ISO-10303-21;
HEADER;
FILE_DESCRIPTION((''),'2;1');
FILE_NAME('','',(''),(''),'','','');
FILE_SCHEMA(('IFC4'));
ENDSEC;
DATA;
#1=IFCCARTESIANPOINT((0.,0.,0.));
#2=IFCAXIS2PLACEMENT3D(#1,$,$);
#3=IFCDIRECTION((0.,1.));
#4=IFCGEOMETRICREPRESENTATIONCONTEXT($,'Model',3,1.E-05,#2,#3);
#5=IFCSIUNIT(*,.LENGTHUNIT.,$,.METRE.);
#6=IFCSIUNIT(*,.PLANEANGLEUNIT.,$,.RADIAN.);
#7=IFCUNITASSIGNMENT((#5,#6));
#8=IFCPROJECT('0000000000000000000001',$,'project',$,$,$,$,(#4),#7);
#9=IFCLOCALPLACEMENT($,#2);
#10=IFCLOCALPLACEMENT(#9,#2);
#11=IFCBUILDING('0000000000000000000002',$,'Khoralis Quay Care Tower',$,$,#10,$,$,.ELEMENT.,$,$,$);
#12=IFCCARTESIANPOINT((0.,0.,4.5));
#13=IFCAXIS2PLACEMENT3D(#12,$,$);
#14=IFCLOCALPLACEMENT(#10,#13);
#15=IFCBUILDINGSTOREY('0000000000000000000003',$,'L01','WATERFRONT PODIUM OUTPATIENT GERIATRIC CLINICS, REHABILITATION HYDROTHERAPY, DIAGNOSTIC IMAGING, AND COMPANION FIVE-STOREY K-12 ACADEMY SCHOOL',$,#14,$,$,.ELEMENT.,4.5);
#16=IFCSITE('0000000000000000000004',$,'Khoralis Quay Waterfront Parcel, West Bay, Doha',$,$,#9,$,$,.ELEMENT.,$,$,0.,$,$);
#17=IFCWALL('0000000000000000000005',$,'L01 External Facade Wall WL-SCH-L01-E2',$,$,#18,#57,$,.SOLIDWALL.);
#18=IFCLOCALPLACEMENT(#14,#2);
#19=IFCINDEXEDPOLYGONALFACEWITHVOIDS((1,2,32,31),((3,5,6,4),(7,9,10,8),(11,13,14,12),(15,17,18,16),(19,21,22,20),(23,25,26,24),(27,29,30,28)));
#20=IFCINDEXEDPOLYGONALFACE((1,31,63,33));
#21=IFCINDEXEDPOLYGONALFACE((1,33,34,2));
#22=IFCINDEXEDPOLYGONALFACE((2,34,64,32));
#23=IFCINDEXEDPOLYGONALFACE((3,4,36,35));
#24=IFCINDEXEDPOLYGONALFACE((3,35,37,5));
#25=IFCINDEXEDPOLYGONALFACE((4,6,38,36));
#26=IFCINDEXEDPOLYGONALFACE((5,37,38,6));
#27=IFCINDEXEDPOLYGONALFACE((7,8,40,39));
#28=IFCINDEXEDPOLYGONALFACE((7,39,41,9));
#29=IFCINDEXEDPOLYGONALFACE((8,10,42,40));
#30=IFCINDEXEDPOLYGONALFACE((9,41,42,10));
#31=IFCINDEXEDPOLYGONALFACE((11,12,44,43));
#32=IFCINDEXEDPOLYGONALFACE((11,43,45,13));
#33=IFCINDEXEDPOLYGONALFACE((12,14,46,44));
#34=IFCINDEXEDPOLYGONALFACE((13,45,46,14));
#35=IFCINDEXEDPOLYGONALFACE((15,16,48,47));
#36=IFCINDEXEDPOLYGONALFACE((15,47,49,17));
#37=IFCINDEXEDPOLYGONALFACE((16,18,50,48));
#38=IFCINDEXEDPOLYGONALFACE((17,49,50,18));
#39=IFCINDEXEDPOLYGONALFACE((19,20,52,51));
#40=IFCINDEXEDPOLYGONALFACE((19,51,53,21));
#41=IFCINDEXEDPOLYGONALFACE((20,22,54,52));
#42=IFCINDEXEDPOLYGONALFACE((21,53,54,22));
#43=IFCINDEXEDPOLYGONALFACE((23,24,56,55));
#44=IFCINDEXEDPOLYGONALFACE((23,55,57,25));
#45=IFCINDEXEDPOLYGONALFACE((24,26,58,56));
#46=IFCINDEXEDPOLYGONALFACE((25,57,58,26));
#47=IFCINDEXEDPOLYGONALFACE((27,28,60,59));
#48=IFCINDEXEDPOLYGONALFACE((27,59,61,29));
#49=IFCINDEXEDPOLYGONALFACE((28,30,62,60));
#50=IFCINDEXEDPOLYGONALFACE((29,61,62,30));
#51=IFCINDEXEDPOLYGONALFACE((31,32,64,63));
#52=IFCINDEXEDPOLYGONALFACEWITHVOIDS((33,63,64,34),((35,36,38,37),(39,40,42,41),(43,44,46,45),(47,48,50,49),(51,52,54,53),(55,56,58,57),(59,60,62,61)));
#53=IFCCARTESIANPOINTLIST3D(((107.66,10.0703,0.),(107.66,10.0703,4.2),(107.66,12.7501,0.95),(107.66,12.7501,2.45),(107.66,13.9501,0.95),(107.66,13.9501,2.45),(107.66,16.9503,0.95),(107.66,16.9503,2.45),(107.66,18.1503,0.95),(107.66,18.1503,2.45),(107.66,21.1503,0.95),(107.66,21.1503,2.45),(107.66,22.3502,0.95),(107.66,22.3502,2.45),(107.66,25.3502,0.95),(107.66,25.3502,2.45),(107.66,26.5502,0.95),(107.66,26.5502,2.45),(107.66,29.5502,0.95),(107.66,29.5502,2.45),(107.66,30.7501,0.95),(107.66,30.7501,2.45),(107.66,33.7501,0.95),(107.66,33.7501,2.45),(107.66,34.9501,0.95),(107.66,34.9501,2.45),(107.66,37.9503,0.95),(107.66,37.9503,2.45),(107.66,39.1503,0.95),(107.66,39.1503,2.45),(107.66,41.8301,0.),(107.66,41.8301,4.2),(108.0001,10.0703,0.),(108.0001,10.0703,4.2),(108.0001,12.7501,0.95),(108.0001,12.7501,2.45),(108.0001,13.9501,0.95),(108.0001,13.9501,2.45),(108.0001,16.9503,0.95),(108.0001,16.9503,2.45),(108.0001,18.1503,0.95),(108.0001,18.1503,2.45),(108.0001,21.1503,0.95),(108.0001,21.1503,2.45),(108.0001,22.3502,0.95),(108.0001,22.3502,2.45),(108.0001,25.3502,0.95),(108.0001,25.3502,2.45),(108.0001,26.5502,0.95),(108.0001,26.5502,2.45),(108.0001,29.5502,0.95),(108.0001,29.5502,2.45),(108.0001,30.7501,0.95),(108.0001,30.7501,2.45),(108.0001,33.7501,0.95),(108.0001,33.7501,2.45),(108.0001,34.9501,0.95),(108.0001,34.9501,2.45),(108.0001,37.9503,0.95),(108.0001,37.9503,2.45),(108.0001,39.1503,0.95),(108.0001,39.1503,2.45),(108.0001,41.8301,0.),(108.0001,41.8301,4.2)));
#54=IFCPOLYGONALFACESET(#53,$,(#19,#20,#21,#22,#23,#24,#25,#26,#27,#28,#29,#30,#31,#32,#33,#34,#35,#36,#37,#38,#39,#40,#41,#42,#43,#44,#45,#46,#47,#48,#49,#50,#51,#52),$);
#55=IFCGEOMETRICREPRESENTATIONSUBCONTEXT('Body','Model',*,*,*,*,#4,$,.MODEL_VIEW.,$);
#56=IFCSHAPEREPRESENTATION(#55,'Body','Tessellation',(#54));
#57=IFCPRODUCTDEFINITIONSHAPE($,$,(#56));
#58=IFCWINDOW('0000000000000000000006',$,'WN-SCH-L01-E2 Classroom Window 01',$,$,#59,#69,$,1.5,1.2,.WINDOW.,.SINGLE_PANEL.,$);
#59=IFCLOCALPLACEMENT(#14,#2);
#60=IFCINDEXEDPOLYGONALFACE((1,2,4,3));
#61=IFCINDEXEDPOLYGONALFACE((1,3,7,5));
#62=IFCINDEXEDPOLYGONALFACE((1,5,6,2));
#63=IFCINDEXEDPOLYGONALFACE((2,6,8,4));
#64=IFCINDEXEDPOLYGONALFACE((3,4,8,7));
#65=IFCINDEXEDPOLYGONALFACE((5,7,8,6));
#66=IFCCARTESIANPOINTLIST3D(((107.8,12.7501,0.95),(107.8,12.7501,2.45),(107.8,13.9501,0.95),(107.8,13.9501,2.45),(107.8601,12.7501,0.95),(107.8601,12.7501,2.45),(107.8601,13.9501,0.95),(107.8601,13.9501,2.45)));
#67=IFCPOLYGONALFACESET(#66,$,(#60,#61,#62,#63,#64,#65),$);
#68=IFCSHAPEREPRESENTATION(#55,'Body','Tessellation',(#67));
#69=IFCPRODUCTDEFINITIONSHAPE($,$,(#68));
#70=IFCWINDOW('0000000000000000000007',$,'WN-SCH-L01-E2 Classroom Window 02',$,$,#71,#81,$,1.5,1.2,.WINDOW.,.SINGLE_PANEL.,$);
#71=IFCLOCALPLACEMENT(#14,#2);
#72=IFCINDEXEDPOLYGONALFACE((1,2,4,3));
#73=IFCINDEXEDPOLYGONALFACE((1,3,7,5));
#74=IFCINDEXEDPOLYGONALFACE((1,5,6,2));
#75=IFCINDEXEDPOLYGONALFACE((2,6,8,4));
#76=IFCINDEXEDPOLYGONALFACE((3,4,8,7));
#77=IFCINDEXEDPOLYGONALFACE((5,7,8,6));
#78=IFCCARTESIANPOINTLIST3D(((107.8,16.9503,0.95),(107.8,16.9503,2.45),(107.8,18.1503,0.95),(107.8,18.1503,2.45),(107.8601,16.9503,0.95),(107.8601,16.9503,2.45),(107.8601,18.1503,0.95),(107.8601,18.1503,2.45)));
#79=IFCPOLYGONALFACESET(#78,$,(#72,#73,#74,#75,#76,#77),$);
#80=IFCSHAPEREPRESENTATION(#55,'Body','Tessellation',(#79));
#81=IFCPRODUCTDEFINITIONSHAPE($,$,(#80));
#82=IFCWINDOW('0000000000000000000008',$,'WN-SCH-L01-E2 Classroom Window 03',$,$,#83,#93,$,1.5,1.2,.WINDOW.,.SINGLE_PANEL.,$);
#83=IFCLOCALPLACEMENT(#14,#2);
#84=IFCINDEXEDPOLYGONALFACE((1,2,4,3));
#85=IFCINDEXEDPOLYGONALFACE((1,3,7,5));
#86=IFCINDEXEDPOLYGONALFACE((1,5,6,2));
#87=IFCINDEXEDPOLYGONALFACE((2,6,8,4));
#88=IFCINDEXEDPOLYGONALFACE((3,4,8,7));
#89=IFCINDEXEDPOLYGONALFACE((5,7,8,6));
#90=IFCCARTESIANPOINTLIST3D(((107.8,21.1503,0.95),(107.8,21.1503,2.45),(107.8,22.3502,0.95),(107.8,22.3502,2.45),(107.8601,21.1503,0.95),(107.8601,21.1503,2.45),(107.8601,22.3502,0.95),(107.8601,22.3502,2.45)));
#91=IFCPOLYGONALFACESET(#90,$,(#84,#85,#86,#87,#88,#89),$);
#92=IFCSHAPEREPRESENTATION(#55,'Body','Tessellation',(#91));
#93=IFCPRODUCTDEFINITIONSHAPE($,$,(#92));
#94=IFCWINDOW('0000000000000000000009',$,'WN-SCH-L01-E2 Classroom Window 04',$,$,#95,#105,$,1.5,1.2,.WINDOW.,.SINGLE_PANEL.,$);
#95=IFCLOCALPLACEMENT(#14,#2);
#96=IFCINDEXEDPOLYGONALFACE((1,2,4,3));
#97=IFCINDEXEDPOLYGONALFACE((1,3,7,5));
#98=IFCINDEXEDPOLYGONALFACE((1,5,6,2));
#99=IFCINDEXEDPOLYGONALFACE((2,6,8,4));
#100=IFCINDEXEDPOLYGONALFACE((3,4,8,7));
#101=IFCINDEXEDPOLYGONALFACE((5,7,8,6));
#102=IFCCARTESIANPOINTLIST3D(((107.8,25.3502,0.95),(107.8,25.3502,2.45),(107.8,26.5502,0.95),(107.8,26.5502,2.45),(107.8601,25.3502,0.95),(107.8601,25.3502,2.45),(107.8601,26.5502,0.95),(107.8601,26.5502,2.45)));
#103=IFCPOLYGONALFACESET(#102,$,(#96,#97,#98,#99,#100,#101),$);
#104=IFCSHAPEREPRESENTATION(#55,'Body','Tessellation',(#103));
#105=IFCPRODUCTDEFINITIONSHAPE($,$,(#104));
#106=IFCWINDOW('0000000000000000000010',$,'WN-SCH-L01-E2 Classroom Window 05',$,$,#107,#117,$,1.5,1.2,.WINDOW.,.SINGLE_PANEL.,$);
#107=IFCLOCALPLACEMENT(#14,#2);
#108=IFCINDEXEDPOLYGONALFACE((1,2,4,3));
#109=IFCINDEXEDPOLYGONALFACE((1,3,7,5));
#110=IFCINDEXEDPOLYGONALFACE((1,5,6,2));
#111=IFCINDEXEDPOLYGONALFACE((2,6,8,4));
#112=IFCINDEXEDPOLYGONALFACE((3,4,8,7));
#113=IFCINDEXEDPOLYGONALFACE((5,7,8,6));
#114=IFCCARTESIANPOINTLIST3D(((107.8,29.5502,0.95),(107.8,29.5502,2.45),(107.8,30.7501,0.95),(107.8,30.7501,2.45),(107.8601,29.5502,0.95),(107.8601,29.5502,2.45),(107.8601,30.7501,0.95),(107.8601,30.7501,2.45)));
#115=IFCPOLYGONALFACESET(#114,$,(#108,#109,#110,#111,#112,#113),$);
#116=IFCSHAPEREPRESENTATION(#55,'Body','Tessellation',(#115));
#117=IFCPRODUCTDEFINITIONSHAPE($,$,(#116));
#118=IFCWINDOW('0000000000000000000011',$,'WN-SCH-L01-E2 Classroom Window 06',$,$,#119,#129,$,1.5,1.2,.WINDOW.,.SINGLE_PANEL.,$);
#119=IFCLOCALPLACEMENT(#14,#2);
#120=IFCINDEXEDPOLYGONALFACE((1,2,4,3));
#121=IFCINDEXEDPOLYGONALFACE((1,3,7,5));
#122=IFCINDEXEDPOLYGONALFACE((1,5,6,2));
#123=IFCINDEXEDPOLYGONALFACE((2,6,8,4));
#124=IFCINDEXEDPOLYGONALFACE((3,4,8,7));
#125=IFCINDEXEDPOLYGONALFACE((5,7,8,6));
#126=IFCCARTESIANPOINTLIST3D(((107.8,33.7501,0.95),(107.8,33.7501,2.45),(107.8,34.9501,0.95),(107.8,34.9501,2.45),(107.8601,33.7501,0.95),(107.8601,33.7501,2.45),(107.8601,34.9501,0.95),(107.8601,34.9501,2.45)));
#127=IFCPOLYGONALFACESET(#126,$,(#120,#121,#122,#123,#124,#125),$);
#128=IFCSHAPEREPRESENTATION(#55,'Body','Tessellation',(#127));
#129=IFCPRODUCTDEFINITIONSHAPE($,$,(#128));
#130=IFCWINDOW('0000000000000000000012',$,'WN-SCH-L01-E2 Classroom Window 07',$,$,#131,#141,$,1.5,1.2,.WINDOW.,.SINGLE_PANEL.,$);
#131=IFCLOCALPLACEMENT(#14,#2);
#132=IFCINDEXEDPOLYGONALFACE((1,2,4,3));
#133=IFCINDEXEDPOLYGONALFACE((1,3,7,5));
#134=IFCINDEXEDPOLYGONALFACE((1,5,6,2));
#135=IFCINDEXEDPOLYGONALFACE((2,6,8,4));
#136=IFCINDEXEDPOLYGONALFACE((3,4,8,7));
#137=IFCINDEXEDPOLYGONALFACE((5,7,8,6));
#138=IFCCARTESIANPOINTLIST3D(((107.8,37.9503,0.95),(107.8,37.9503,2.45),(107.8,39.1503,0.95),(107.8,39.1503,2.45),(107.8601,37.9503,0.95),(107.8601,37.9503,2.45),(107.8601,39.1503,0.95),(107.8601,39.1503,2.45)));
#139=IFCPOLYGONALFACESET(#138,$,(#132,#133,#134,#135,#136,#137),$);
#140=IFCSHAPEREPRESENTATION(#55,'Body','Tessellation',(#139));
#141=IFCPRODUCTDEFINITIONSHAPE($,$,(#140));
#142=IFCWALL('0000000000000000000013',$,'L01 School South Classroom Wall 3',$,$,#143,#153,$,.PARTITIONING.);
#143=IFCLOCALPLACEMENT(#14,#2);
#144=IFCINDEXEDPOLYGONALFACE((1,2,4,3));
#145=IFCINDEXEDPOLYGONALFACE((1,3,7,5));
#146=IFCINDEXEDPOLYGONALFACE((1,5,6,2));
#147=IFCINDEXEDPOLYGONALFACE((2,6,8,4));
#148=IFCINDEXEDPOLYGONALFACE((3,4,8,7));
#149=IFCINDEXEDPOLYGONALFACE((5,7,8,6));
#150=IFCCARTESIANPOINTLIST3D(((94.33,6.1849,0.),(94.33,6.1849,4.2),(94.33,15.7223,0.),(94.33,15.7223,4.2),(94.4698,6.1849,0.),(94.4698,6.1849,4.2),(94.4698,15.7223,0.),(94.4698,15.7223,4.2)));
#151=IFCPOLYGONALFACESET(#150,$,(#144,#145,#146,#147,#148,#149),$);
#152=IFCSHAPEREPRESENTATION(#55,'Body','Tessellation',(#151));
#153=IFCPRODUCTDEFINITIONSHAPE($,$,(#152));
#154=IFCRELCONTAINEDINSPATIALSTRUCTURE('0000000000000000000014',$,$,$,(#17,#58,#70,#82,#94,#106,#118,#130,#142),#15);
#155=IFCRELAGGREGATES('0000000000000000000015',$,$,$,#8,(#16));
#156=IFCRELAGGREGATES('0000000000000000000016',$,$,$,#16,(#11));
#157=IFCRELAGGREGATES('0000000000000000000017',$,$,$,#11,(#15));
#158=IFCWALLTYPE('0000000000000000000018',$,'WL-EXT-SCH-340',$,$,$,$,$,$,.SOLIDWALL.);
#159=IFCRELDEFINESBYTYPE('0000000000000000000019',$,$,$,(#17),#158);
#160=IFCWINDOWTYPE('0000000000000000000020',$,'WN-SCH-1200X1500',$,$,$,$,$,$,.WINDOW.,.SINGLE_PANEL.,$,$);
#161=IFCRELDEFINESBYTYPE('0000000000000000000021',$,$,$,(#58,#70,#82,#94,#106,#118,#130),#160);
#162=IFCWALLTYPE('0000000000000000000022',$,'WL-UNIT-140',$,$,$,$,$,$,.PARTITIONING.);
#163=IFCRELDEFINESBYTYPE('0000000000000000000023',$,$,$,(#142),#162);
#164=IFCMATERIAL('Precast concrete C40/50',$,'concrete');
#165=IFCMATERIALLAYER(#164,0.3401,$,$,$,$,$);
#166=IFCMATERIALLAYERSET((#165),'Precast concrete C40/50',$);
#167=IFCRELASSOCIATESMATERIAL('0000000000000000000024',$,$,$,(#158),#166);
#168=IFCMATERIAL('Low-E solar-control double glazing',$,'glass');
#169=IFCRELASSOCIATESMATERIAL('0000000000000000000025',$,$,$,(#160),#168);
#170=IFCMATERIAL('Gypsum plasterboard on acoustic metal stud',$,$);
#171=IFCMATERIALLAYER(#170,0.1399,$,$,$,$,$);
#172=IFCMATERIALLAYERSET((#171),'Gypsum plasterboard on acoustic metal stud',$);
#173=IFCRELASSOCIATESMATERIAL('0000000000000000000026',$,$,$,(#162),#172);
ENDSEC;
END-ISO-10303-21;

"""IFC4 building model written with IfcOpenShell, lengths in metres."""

from ifc_helpers import new_model, si_unit, direction, frame, frame_2d, origin, place, context, subcontext, project, spatial, rectangle, extrude, source, transform, mapped, material, layer, layer_set, type_object, element, fill, save


model = new_model("IFC4")

# Units and contexts
model_context = context("Model", 3, precision=1e-05, world=origin(), true_north=direction((0.0, 1.0)))
body_context = subcontext(model_context, "Body", "Model", "MODEL_VIEW")
ifc_project = project(units=[si_unit("LENGTHUNIT", "METRE"), si_unit("PLANEANGLEUNIT", "RADIAN")], contexts=[model_context])

# Site, building, storey
site_placement = place(None, origin())
site = spatial("IfcSite", under=ifc_project, at=site_placement, Name="Khoralis Quay Waterfront Parcel, West Bay, Doha", CompositionType="ELEMENT", RefElevation=0.0)
building_placement = place(site_placement, origin())
building = spatial("IfcBuilding", under=site, at=building_placement, Name="Khoralis Quay Care Tower", CompositionType="ELEMENT")
storey_placement = place(building_placement, frame((0.0, 0.0, 4.5)))
storey = spatial("IfcBuildingStorey", under=building, at=storey_placement, Name="L01", Description="WATERFRONT PODIUM OUTPATIENT GERIATRIC CLINICS, REHABILITATION HYDROTHERAPY, DIAGNOSTIC IMAGING, AND COMPANION FIVE-STOREY K-12 ACADEMY SCHOOL", CompositionType="ELEMENT", Elevation=4.5)

# Shared definitions
ifc_material_1 = material(Name="Precast concrete C40/50", Category="concrete")
ifc_layer_1 = layer(ifc_material_1, 0.3401)
ifc_layer_set_1 = layer_set([ifc_layer_1], Name="Precast concrete C40/50")
wall_type_1 = type_object("IfcWallType", Name="WL-EXT-SCH-340", PredefinedType="SOLIDWALL", material=ifc_layer_set_1)
ifc_material_2 = material(Name="Low-E solar-control double glazing", Category="glass")
window_type = type_object("IfcWindowType", Name="WN-SCH-1200X1500", PartitioningType="SINGLE_PANEL", PredefinedType="WINDOW", material=ifc_material_2)
shared_shape_1 = source(origin(), body_context, "Body", "SweptSolid", [
    extrude(rectangle(XDim=1.2, YDim=1.5, at=frame_2d((0.6001, 0.75))), frame((0.0, 0.03, 0.0), z_axis=(0.0, -1.0, 0.0), x_axis=(1.0, 0.0, 0.0)), (0.0, 0.0, 1.0), 0.0601),
])

# Wall, openings, windows
wall_1_placement = place(storey_placement, frame((107.8301, 10.0703, 0.0), z_axis=(0.0, 0.0, 1.0), x_axis=(0.0, 1.0, 0.0)))
wall_1 = element("IfcWall", 1, at=wall_1_placement, inside=storey, type_object=wall_type_1, Name="L01 External Facade Wall WL-SCH-L01-E2", PredefinedType="SOLIDWALL", context=body_context, shape_type="SweptSolid", body=[
    extrude(rectangle(XDim=31.7598, YDim=0.3401, at=frame_2d((15.8799, 0.0))), origin(), (0.0, 0.0, 1.0), 4.2),
])
opening_1_placement = place(wall_1_placement, frame((2.6797, 0.0, 0.95)))
opening_1 = element("IfcOpeningElement", 2, at=opening_1_placement, cuts=wall_1, PredefinedType="OPENING", context=body_context, shape_type="SweptSolid", body=[
    extrude(rectangle(XDim=1.2, YDim=1.5, at=frame_2d((0.6001, 0.75))), frame((0.0, 0.1802, 0.0), z_axis=(0.0, -1.0, 0.0), x_axis=(1.0, 0.0, 0.0)), (0.0, 0.0, 1.0), 0.3601),
])
opening_2_placement = place(wall_1_placement, frame((6.8799, 0.0, 0.95)))
opening_2 = element("IfcOpeningElement", 3, at=opening_2_placement, cuts=wall_1, PredefinedType="OPENING", context=body_context, shape_type="SweptSolid", body=[
    extrude(rectangle(XDim=1.2, YDim=1.5, at=frame_2d((0.6001, 0.75))), frame((0.0, 0.1802, 0.0), z_axis=(0.0, -1.0, 0.0), x_axis=(1.0, 0.0, 0.0)), (0.0, 0.0, 1.0), 0.3601),
])
opening_3_placement = place(wall_1_placement, frame((11.0798, 0.0, 0.95)))
opening_3 = element("IfcOpeningElement", 4, at=opening_3_placement, cuts=wall_1, PredefinedType="OPENING", context=body_context, shape_type="SweptSolid", body=[
    extrude(rectangle(XDim=1.2, YDim=1.5, at=frame_2d((0.6001, 0.75))), frame((0.0, 0.1802, 0.0), z_axis=(0.0, -1.0, 0.0), x_axis=(1.0, 0.0, 0.0)), (0.0, 0.0, 1.0), 0.3601),
])
opening_4_placement = place(wall_1_placement, frame((15.2798, 0.0, 0.95)))
opening_4 = element("IfcOpeningElement", 5, at=opening_4_placement, cuts=wall_1, PredefinedType="OPENING", context=body_context, shape_type="SweptSolid", body=[
    extrude(rectangle(XDim=1.2, YDim=1.5, at=frame_2d((0.6001, 0.75))), frame((0.0, 0.1802, 0.0), z_axis=(0.0, -1.0, 0.0), x_axis=(1.0, 0.0, 0.0)), (0.0, 0.0, 1.0), 0.3601),
])
opening_5_placement = place(wall_1_placement, frame((19.4797, 0.0, 0.95)))
opening_5 = element("IfcOpeningElement", 6, at=opening_5_placement, cuts=wall_1, PredefinedType="OPENING", context=body_context, shape_type="SweptSolid", body=[
    extrude(rectangle(XDim=1.2, YDim=1.5, at=frame_2d((0.6001, 0.75))), frame((0.0, 0.1802, 0.0), z_axis=(0.0, -1.0, 0.0), x_axis=(1.0, 0.0, 0.0)), (0.0, 0.0, 1.0), 0.3601),
])
opening_6_placement = place(wall_1_placement, frame((23.6797, 0.0, 0.95)))
opening_6 = element("IfcOpeningElement", 7, at=opening_6_placement, cuts=wall_1, PredefinedType="OPENING", context=body_context, shape_type="SweptSolid", body=[
    extrude(rectangle(XDim=1.2, YDim=1.5, at=frame_2d((0.6001, 0.75))), frame((0.0, 0.1802, 0.0), z_axis=(0.0, -1.0, 0.0), x_axis=(1.0, 0.0, 0.0)), (0.0, 0.0, 1.0), 0.3601),
])
opening_7_placement = place(wall_1_placement, frame((27.8799, 0.0, 0.95)))
opening_7 = element("IfcOpeningElement", 8, at=opening_7_placement, cuts=wall_1, PredefinedType="OPENING", context=body_context, shape_type="SweptSolid", body=[
    extrude(rectangle(XDim=1.2, YDim=1.5, at=frame_2d((0.6001, 0.75))), frame((0.0, 0.1802, 0.0), z_axis=(0.0, -1.0, 0.0), x_axis=(1.0, 0.0, 0.0)), (0.0, 0.0, 1.0), 0.3601),
])
window_1_placement = place(opening_1_placement, origin())
window_1 = element("IfcWindow", 9, at=window_1_placement, inside=storey, type_object=window_type, Name="WN-SCH-L01-E2 Classroom Window 01", OverallHeight=1.5, OverallWidth=1.2, PartitioningType="SINGLE_PANEL", PredefinedType="WINDOW", context=body_context, shape_type="MappedRepresentation", body=[
    mapped(shared_shape_1, transform((0.0, 0.0, 0.0), scale=1.0)),
])
fill(opening_1, window_1)
window_2_placement = place(opening_2_placement, origin())
window_2 = element("IfcWindow", 10, at=window_2_placement, inside=storey, type_object=window_type, Name="WN-SCH-L01-E2 Classroom Window 02", OverallHeight=1.5, OverallWidth=1.2, PartitioningType="SINGLE_PANEL", PredefinedType="WINDOW", context=body_context, shape_type="MappedRepresentation", body=[
    mapped(shared_shape_1, transform((0.0, 0.0, 0.0), scale=1.0)),
])
fill(opening_2, window_2)
window_3_placement = place(opening_3_placement, origin())
window_3 = element("IfcWindow", 11, at=window_3_placement, inside=storey, type_object=window_type, Name="WN-SCH-L01-E2 Classroom Window 03", OverallHeight=1.5, OverallWidth=1.2, PartitioningType="SINGLE_PANEL", PredefinedType="WINDOW", context=body_context, shape_type="MappedRepresentation", body=[
    mapped(shared_shape_1, transform((0.0, 0.0, 0.0), scale=1.0)),
])
fill(opening_3, window_3)
window_4_placement = place(opening_4_placement, origin())
window_4 = element("IfcWindow", 12, at=window_4_placement, inside=storey, type_object=window_type, Name="WN-SCH-L01-E2 Classroom Window 04", OverallHeight=1.5, OverallWidth=1.2, PartitioningType="SINGLE_PANEL", PredefinedType="WINDOW", context=body_context, shape_type="MappedRepresentation", body=[
    mapped(shared_shape_1, transform((0.0, 0.0, 0.0), scale=1.0)),
])
fill(opening_4, window_4)
window_5_placement = place(opening_5_placement, origin())
window_5 = element("IfcWindow", 13, at=window_5_placement, inside=storey, type_object=window_type, Name="WN-SCH-L01-E2 Classroom Window 05", OverallHeight=1.5, OverallWidth=1.2, PartitioningType="SINGLE_PANEL", PredefinedType="WINDOW", context=body_context, shape_type="MappedRepresentation", body=[
    mapped(shared_shape_1, transform((0.0, 0.0, 0.0), scale=1.0)),
])
fill(opening_5, window_5)
window_6_placement = place(opening_6_placement, origin())
window_6 = element("IfcWindow", 14, at=window_6_placement, inside=storey, type_object=window_type, Name="WN-SCH-L01-E2 Classroom Window 06", OverallHeight=1.5, OverallWidth=1.2, PartitioningType="SINGLE_PANEL", PredefinedType="WINDOW", context=body_context, shape_type="MappedRepresentation", body=[
    mapped(shared_shape_1, transform((0.0, 0.0, 0.0), scale=1.0)),
])
fill(opening_6, window_6)
window_7_placement = place(opening_7_placement, origin())
window_7 = element("IfcWindow", 15, at=window_7_placement, inside=storey, type_object=window_type, Name="WN-SCH-L01-E2 Classroom Window 07", OverallHeight=1.5, OverallWidth=1.2, PartitioningType="SINGLE_PANEL", PredefinedType="WINDOW", context=body_context, shape_type="MappedRepresentation", body=[
    mapped(shared_shape_1, transform((0.0, 0.0, 0.0), scale=1.0)),
])
fill(opening_7, window_7)

# Wall
ifc_material_3 = material(Name="Gypsum plasterboard on acoustic metal stud")
ifc_layer_2 = layer(ifc_material_3, 0.1399)
ifc_layer_set_2 = layer_set([ifc_layer_2], Name="Gypsum plasterboard on acoustic metal stud")
wall_type_2 = type_object("IfcWallType", Name="WL-UNIT-140", PredefinedType="PARTITIONING", material=ifc_layer_set_2)
wall_2_placement = place(storey_placement, frame((94.3999, 6.1851, 0.0), z_axis=(0.0, 0.0, 1.0), x_axis=(0.0, 1.0, 0.0)))
element("IfcWall", 16, at=wall_2_placement, inside=storey, type_object=wall_type_2, Name="L01 School South Classroom Wall 3", PredefinedType="PARTITIONING", context=body_context, shape_type="SweptSolid", body=[
    extrude(rectangle(XDim=9.5374, YDim=0.1399, at=frame_2d((4.7686, 0.0))), origin(), (0.0, 0.0, 1.0), 4.2),
])

save(model, "model.ifc")
